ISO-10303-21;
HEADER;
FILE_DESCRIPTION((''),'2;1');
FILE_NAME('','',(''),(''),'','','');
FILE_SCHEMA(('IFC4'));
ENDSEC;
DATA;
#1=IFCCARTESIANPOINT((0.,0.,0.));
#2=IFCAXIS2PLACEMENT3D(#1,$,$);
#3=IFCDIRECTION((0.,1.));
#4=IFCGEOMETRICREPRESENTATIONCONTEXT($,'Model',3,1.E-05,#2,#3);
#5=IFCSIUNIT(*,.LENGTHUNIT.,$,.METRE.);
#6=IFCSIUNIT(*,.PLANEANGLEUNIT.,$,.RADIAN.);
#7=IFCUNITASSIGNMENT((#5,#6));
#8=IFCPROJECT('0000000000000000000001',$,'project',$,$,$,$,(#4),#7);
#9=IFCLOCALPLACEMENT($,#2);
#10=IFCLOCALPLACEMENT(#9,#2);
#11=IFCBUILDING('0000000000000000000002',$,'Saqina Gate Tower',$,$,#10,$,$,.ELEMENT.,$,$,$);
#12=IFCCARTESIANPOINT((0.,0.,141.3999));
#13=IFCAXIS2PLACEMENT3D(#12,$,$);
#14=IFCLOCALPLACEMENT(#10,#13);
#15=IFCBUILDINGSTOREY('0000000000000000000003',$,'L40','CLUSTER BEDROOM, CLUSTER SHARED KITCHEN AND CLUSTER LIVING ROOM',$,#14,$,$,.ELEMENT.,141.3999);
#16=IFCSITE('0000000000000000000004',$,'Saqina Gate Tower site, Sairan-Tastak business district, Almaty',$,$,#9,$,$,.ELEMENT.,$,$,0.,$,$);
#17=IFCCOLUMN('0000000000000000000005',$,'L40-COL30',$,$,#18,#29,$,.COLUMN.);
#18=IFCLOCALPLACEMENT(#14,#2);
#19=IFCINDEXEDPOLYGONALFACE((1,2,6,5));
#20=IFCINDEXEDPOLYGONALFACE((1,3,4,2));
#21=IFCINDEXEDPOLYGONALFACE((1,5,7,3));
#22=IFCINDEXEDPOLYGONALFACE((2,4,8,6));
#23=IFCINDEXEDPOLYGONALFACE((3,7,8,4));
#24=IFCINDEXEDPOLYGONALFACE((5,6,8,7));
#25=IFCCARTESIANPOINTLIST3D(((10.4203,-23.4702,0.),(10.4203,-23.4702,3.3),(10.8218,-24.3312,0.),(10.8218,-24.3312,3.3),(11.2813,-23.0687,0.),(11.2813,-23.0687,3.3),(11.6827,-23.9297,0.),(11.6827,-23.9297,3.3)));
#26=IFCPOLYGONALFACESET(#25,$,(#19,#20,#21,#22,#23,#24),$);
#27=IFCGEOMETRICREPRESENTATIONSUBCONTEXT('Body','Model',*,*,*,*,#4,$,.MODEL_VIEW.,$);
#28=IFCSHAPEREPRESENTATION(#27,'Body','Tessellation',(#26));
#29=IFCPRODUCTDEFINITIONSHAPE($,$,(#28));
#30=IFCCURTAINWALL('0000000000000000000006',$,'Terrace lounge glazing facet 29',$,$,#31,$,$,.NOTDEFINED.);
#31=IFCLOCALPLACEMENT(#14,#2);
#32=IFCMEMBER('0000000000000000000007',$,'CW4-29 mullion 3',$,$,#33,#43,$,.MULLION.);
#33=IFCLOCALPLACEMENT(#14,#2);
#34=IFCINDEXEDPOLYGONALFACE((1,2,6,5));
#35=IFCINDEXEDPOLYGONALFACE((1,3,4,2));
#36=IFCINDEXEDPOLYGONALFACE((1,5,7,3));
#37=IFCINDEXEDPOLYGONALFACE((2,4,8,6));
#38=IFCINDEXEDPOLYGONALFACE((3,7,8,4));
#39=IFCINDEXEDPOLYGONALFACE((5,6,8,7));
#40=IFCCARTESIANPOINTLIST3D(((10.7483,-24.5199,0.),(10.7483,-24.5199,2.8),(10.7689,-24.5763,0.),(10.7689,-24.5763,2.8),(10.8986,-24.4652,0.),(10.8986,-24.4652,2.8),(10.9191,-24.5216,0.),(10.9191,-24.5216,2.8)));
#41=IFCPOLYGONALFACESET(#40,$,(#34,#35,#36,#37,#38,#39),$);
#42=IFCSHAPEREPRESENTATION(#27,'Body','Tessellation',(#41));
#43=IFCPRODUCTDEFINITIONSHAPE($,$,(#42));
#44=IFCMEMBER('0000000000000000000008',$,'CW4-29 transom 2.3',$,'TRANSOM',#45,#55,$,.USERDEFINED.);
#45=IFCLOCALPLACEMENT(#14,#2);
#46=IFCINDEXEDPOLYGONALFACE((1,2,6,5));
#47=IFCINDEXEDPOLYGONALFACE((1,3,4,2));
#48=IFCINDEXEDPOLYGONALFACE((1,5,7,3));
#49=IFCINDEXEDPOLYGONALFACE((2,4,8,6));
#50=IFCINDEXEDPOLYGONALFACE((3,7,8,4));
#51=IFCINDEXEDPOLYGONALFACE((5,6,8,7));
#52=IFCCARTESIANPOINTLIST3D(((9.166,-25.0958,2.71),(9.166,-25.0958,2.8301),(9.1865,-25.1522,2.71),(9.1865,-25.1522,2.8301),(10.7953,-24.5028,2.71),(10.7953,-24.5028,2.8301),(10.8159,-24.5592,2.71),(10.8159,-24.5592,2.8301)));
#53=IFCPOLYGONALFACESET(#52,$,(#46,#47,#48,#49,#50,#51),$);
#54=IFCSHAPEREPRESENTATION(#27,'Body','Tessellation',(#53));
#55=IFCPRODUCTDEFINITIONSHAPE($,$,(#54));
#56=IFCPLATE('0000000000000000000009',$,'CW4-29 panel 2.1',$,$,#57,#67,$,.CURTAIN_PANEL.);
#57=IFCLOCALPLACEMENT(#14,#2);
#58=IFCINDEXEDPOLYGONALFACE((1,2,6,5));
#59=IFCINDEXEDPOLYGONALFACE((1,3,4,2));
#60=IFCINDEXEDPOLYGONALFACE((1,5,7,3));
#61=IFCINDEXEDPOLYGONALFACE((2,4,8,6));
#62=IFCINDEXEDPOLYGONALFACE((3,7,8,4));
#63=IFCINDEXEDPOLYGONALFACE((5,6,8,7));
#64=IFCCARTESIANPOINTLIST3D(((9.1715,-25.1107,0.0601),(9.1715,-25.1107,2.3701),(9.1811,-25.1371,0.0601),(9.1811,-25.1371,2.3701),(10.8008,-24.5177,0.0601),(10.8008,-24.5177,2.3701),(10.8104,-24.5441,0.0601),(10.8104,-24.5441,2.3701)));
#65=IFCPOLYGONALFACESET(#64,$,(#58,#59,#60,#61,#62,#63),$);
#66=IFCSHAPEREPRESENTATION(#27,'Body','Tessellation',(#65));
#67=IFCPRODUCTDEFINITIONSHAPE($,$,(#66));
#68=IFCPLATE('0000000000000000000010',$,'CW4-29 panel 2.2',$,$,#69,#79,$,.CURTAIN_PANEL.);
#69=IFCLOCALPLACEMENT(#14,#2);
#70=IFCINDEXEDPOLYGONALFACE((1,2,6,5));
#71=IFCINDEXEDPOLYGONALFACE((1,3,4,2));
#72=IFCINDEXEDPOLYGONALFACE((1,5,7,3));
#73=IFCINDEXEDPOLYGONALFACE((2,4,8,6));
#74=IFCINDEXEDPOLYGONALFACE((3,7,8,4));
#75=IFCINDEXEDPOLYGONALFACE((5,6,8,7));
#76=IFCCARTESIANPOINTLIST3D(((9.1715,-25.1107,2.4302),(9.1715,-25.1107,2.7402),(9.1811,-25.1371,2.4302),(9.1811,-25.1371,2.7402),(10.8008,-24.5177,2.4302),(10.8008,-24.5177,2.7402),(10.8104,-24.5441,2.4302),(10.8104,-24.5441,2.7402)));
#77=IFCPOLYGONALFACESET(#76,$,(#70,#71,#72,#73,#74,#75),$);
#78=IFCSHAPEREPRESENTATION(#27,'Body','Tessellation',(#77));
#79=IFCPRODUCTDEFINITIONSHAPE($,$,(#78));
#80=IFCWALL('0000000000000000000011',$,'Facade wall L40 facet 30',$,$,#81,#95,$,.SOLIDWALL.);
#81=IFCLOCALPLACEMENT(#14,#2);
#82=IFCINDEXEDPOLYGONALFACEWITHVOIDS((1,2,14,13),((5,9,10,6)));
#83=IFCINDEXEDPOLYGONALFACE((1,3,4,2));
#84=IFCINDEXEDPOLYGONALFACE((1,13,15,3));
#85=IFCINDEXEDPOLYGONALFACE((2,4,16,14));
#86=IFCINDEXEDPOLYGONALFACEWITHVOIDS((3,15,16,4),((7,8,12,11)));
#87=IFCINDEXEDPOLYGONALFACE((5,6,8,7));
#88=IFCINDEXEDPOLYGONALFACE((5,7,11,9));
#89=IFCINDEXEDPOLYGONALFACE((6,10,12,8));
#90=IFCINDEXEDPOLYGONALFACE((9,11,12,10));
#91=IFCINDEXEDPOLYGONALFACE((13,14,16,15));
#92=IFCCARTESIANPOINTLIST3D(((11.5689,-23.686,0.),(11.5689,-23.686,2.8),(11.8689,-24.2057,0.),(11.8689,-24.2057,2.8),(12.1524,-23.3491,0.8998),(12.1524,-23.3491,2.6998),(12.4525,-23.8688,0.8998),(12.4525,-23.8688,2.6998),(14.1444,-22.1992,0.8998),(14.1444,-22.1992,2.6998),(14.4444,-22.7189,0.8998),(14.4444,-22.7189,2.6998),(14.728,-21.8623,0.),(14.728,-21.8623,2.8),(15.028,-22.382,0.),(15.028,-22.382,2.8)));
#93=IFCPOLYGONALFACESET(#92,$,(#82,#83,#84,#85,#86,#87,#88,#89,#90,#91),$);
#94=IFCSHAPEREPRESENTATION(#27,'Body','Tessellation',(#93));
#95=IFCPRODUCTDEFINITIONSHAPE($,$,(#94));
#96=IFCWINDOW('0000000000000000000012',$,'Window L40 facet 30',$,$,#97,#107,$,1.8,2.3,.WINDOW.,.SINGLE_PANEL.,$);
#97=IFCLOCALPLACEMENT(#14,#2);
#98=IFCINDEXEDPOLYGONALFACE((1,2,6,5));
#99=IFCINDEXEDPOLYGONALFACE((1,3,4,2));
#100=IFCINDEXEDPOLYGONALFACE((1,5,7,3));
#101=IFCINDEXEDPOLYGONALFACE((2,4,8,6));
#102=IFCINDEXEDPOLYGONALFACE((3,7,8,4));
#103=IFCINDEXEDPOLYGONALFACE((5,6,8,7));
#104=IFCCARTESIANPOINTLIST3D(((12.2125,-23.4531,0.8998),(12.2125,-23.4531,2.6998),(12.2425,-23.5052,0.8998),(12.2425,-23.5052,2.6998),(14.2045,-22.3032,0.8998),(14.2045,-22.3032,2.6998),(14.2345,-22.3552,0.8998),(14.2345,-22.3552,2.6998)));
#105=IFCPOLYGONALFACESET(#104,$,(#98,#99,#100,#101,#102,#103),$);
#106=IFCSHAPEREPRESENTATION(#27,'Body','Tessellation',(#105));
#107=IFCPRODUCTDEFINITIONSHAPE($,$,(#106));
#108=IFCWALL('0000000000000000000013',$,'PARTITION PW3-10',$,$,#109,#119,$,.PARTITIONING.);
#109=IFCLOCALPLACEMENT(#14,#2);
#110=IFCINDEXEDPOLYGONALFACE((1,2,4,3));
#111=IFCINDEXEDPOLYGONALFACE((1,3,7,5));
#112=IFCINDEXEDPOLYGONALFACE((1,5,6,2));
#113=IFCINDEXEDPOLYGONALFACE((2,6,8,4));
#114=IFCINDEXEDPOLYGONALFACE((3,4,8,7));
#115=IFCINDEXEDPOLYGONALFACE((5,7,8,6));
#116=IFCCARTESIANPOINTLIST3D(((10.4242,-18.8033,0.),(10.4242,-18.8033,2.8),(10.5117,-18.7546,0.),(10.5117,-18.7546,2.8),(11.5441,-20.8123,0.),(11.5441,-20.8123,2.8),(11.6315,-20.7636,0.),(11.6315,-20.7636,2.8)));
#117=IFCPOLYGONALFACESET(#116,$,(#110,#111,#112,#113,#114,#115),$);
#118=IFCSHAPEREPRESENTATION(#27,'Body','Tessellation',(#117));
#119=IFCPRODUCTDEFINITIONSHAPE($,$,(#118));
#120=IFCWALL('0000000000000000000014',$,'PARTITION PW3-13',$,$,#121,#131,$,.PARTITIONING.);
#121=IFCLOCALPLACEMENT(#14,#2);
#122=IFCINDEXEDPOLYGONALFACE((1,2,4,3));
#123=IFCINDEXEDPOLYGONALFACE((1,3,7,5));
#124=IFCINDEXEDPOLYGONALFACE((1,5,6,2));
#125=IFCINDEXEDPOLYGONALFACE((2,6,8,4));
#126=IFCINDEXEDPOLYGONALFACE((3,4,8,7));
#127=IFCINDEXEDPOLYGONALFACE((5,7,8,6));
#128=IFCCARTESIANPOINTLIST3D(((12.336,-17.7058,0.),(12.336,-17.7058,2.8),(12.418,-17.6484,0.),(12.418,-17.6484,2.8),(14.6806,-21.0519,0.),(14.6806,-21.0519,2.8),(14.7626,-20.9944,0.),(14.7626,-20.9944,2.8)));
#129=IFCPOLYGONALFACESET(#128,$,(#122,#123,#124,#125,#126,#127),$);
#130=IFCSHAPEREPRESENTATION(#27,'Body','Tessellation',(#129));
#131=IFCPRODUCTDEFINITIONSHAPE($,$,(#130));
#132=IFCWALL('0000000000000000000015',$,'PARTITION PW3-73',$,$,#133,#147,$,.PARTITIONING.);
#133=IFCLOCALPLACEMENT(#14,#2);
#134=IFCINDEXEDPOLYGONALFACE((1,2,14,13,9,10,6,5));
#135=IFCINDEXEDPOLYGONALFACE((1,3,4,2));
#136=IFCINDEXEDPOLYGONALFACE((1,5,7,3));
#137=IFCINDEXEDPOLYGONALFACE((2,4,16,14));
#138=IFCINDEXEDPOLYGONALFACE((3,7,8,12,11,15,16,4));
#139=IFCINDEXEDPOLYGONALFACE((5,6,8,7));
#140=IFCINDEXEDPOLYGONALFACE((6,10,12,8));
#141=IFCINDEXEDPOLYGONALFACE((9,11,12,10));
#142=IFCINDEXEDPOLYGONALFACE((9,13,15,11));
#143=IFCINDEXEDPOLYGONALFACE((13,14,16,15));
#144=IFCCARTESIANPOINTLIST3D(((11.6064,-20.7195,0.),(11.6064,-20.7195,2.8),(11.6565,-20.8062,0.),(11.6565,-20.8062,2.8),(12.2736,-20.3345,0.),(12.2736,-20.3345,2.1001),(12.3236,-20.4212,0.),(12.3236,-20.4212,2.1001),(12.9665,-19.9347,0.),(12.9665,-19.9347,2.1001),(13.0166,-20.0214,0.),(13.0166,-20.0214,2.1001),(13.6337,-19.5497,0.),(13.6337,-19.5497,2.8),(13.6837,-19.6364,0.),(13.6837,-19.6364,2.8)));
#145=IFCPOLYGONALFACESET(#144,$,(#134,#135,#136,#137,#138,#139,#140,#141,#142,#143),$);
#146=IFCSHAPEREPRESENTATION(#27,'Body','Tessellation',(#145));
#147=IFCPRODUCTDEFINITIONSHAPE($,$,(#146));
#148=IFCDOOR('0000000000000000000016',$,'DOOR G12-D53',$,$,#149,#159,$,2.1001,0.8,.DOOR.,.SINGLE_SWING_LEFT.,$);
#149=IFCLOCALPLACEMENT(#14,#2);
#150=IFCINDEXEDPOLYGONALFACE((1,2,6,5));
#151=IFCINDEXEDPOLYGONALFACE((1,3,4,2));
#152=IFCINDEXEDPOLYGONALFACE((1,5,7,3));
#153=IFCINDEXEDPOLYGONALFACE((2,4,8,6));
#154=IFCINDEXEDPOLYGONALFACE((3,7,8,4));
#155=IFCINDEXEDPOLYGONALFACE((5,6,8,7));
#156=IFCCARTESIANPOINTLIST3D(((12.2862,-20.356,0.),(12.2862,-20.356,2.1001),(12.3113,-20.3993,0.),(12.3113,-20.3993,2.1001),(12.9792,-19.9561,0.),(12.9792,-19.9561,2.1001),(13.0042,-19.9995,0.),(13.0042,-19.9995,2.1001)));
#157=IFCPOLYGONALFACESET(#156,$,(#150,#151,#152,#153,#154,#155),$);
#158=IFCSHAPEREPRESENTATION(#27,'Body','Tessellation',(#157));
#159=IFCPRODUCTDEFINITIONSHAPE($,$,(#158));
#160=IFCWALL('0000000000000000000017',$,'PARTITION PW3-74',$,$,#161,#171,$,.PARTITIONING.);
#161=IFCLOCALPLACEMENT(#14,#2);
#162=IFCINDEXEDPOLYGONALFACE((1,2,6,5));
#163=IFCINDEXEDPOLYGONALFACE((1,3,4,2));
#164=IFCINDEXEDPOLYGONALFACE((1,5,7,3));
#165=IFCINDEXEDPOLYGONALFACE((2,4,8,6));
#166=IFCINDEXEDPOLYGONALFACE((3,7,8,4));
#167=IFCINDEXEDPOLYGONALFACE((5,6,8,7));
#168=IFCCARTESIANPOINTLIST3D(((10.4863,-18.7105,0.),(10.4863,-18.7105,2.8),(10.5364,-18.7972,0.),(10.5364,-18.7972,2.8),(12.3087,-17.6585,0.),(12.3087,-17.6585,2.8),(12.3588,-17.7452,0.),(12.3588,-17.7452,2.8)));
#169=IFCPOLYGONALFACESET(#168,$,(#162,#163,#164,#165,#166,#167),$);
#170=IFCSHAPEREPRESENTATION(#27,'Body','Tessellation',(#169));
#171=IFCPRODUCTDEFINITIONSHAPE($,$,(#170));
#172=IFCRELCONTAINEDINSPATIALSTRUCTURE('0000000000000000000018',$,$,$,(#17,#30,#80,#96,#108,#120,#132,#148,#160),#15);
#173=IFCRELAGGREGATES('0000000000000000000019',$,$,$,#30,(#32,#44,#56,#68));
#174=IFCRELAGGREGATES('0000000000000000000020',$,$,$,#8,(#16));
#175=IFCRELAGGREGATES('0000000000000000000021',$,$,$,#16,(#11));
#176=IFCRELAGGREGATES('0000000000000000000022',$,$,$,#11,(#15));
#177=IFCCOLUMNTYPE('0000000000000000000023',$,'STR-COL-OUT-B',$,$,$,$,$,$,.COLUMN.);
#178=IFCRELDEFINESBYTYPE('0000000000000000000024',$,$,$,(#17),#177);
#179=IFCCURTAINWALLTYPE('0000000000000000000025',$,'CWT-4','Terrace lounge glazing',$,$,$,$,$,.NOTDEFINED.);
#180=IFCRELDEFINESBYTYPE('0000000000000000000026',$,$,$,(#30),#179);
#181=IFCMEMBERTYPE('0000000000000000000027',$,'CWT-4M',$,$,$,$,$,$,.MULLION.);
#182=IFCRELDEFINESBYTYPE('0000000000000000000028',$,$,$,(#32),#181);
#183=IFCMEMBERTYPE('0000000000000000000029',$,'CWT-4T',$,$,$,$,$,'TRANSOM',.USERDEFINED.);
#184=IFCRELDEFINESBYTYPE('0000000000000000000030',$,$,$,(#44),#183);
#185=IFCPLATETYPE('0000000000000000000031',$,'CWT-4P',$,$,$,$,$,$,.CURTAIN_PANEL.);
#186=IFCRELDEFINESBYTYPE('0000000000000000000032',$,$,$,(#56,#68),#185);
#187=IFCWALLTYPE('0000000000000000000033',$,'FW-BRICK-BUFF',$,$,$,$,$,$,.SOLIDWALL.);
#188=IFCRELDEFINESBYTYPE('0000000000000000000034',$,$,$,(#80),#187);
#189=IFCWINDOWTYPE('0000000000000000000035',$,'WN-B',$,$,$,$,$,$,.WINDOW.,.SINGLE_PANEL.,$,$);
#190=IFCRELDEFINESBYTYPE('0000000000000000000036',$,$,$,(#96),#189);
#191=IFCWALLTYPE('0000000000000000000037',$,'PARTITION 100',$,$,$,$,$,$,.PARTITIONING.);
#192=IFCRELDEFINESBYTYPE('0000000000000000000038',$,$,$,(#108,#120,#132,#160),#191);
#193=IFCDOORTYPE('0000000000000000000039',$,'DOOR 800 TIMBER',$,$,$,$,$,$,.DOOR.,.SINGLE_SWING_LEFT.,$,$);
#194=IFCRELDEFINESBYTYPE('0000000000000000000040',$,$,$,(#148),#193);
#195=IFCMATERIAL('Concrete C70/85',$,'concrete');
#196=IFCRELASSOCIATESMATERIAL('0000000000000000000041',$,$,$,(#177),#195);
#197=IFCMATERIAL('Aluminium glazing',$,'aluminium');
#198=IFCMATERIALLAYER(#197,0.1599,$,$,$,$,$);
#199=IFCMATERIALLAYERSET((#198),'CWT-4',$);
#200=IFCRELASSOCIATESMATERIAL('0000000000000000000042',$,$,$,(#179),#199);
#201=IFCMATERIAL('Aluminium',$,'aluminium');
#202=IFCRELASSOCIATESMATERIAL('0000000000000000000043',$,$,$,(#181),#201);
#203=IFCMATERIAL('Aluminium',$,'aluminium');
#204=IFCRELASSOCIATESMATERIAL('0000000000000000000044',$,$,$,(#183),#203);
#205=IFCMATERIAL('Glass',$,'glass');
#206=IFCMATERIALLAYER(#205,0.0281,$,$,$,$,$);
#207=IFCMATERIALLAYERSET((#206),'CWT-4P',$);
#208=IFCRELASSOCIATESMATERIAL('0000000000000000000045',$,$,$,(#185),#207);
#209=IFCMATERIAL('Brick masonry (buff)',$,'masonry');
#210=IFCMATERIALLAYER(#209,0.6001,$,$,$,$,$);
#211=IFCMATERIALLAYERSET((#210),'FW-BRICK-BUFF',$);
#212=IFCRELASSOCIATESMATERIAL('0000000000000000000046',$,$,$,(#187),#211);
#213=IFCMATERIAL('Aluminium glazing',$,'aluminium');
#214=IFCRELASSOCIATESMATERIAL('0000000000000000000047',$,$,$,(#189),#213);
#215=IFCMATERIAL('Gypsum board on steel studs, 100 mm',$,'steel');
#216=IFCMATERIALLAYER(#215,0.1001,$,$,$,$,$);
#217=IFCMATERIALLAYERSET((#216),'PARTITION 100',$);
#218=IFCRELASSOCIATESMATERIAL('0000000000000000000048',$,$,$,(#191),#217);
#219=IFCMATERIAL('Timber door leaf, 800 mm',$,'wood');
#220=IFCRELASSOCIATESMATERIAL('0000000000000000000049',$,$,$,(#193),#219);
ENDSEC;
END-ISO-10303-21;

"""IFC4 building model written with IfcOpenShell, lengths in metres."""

from ifc_helpers import new_model, si_unit, direction, frame, frame_2d, origin, origin_2d, place, context, subcontext, project, spatial, rectangle, extrude, material, layer, layer_set, material_profile, profile_set, type_object, element, fill, aggregate, save


model = new_model("IFC4")

# Units and contexts
model_context = context("Model", 3, precision=1e-05, world=origin(), true_north=direction((0.0, 1.0)))
body_context = subcontext(model_context, "Body", "Model", "MODEL_VIEW")
ifc_project = project(units=[si_unit("LENGTHUNIT", "METRE"), si_unit("PLANEANGLEUNIT", "RADIAN")], contexts=[model_context])

# Site, building, storey
site_placement = place(None, origin())
site = spatial("IfcSite", under=ifc_project, at=site_placement, Name="Saqina Gate Tower site, Sairan-Tastak business district, Almaty", CompositionType="ELEMENT", RefElevation=0.0)
building_placement = place(site_placement, origin())
building = spatial("IfcBuilding", under=site, at=building_placement, Name="Saqina Gate Tower", CompositionType="ELEMENT")
storey_placement = place(building_placement, frame((0.0, 0.0, 141.3999)))
storey = spatial("IfcBuildingStorey", under=building, at=storey_placement, Name="L40", Description="CLUSTER BEDROOM, CLUSTER SHARED KITCHEN AND CLUSTER LIVING ROOM", CompositionType="ELEMENT", Elevation=141.3999)

# Column
ifc_material_1 = material(Name="Concrete C70/85", Category="concrete")
ifc_material_profile_1 = material_profile(ifc_material_1, rectangle(XDim=0.95, YDim=0.95, at=origin_2d()), Name="RC 950x950")
ifc_profile_set_1 = profile_set([ifc_material_profile_1], Name="Concrete C70/85")
column_type = type_object("IfcColumnType", Name="STR-COL-OUT-B", PredefinedType="COLUMN", material=ifc_profile_set_1)
column_placement = place(storey_placement, frame((11.0515, -23.7, 0.0), z_axis=(0.0, 0.0, 1.0), x_axis=(0.422618, -0.906308, 0.0)))
element("IfcColumn", 1, at=column_placement, inside=storey, type_object=column_type, Name="L40-COL30", PredefinedType="COLUMN", context=body_context, shape_type="SweptSolid", body=[
    extrude(rectangle(XDim=0.95, YDim=0.95, at=origin_2d()), origin(), (0.0, 0.0, 1.0), 3.3),
])

# Curtain wall, members, plates
ifc_material_2 = material(Name="Aluminium glazing", Category="aluminium")
ifc_layer_1 = layer(ifc_material_2, 0.1599)
ifc_layer_set_1 = layer_set([ifc_layer_1], Name="CWT-4")
curtain_wall_type = type_object("IfcCurtainWallType", Name="CWT-4", Description="Terrace lounge glazing", PredefinedType="NOTDEFINED", material=ifc_layer_set_1)
curtain_wall_placement = place(storey_placement, origin())
curtain_wall = element("IfcCurtainWall", 2, at=curtain_wall_placement, inside=storey, type_object=curtain_wall_type, Name="Terrace lounge glazing facet 29", PredefinedType="NOTDEFINED")
ifc_material_3 = material(Name="Aluminium", Category="aluminium")
ifc_material_profile_2 = material_profile(ifc_material_3, rectangle(XDim=0.0601, YDim=0.1599, at=origin_2d()), Name="Aluminium 60x160")
ifc_profile_set_2 = profile_set([ifc_material_profile_2], Name="Aluminium")
member_type_1 = type_object("IfcMemberType", Name="CWT-4M", PredefinedType="MULLION", material=ifc_profile_set_2)
member_1_placement = place(storey_placement, frame((10.8337, -24.5208, 0.0), z_axis=(0.0, 0.0, 1.0), x_axis=(-0.342016, 0.939694, 0.0)))
member_1 = element("IfcMember", 3, at=member_1_placement, type_object=member_type_1, Name="CW4-29 mullion 3", PredefinedType="MULLION", context=body_context, shape_type="SweptSolid", body=[
    extrude(rectangle(XDim=0.0601, YDim=0.1599, at=origin_2d()), origin(), (0.0, 0.0, 1.0), 2.8),
])
ifc_material_4 = material(Name="Aluminium", Category="aluminium")
ifc_material_profile_3 = material_profile(ifc_material_4, rectangle(XDim=0.0601, YDim=0.1201, at=origin_2d()), Name="Aluminium 60x120")
ifc_profile_set_3 = profile_set([ifc_material_profile_3], Name="Aluminium")
member_type_2 = type_object("IfcMemberType", Name="CWT-4T", ElementType="TRANSOM", PredefinedType="USERDEFINED", material=ifc_profile_set_3)
member_2_placement = place(storey_placement, frame((9.1763, -25.124, 2.77), z_axis=(0.939699, 0.342003, 0.0), x_axis=(-0.342003, 0.939699, 0.0)))
member_2 = element("IfcMember", 4, at=member_2_placement, type_object=member_type_2, Name="CW4-29 transom 2.3", ObjectType="TRANSOM", PredefinedType="USERDEFINED", context=body_context, shape_type="SweptSolid", body=[
    extrude(rectangle(XDim=0.0601, YDim=0.1201, at=origin_2d()), origin(), (0.0, 0.0, 1.0), 1.7339),
])
ifc_material_5 = material(Name="Glass", Category="glass")
ifc_layer_2 = layer(ifc_material_5, 0.0281)
ifc_layer_set_2 = layer_set([ifc_layer_2], Name="CWT-4P")
plate_type = type_object("IfcPlateType", Name="CWT-4P", PredefinedType="CURTAIN_PANEL", material=ifc_layer_set_2)
plate_1_placement = place(storey_placement, frame((9.991, -24.8274, 0.0601), z_axis=(0.0, 0.0, 1.0), x_axis=(0.939694, 0.342016, 0.0)))
plate_1 = element("IfcPlate", 5, at=plate_1_placement, type_object=plate_type, Name="CW4-29 panel 2.1", PredefinedType="CURTAIN_PANEL", context=body_context, shape_type="SweptSolid", body=[
    extrude(rectangle(XDim=1.7339, YDim=0.0281, at=origin_2d()), origin(), (0.0, 0.0, 1.0), 2.3101),
])
plate_2_placement = place(storey_placement, frame((9.991, -24.8274, 2.4302), z_axis=(0.0, 0.0, 1.0), x_axis=(0.939694, 0.342016, 0.0)))
plate_2 = element("IfcPlate", 6, at=plate_2_placement, type_object=plate_type, Name="CW4-29 panel 2.2", PredefinedType="CURTAIN_PANEL", context=body_context, shape_type="SweptSolid", body=[
    extrude(rectangle(XDim=1.7339, YDim=0.0281, at=origin_2d()), origin(), (0.0, 0.0, 1.0), 0.3101),
])
aggregate(curtain_wall, [member_1, member_2, plate_1, plate_2])

# Wall, opening, window
ifc_material_6 = material(Name="Brick masonry (buff)", Category="masonry")
ifc_layer_3 = layer(ifc_material_6, 0.6001)
ifc_layer_set_3 = layer_set([ifc_layer_3], Name="FW-BRICK-BUFF")
wall_type_1 = type_object("IfcWallType", Name="FW-BRICK-BUFF", PredefinedType="SOLIDWALL", material=ifc_layer_set_3)
wall_1_placement = place(storey_placement, frame((11.719, -23.9458, 0.0), z_axis=(0.0, 0.0, 1.0), x_axis=(0.866052, 0.499954, 0.0)))
wall_1 = element("IfcWall", 7, at=wall_1_placement, inside=storey, type_object=wall_type_1, Name="Facade wall L40 facet 30", PredefinedType="SOLIDWALL", context=body_context, shape_type="SweptSolid", body=[
    extrude(rectangle(XDim=3.6477, YDim=0.6001, at=frame_2d((1.8237, 0.0))), origin(), (0.0, 0.0, 1.0), 2.8),
])
opening_1_placement = place(wall_1_placement, frame((0.6738, 0.0, 0.8999)))
opening_1 = element("IfcOpeningElement", 8, at=opening_1_placement, cuts=wall_1, PredefinedType="OPENING", context=body_context, shape_type="SweptSolid", body=[
    extrude(rectangle(XDim=2.3, YDim=1.8, at=frame_2d((1.1499, 0.8999))), frame((0.0, 0.312, 0.0), z_axis=(0.0, -1.0, 0.0), x_axis=(1.0, 0.0, 0.0)), (0.0, 0.0, 1.0), 0.624),
])
ifc_material_7 = material(Name="Aluminium glazing", Category="aluminium")
window_type = type_object("IfcWindowType", Name="WN-B", PartitioningType="SINGLE_PANEL", PredefinedType="WINDOW", material=ifc_material_7)
window_placement = place(opening_1_placement, origin())
window = element("IfcWindow", 9, at=window_placement, inside=storey, type_object=window_type, Name="Window L40 facet 30", OverallHeight=1.8, OverallWidth=2.3, PartitioningType="SINGLE_PANEL", PredefinedType="WINDOW", context=body_context, shape_type="SweptSolid", body=[
    extrude(rectangle(XDim=2.3, YDim=1.8, at=frame_2d((1.1499, 0.8999))), frame((0.0, 0.1799, 0.0), z_axis=(0.0, -1.0, 0.0), x_axis=(1.0, 0.0, 0.0)), (0.0, 0.0, 1.0), 0.0601),
])
fill(opening_1, window)

# Walls
ifc_material_8 = material(Name="Gypsum board on steel studs, 100 mm", Category="steel")
ifc_layer_4 = layer(ifc_material_8, 0.1001)
ifc_layer_set_4 = layer_set([ifc_layer_4], Name="PARTITION 100")
wall_type_2 = type_object("IfcWallType", Name="PARTITION 100", PredefinedType="PARTITIONING", material=ifc_layer_set_4)
wall_2_placement = place(storey_placement, frame((10.468, -18.7791, 0.0), z_axis=(0.0, 0.0, 1.0), x_axis=(0.486886, -0.873465, 0.0)))
element("IfcWall", 10, at=wall_2_placement, inside=storey, type_object=wall_type_2, Name="PARTITION PW3-10", PredefinedType="PARTITIONING", context=body_context, shape_type="SweptSolid", body=[
    extrude(rectangle(XDim=2.3, YDim=0.1001, at=frame_2d((1.1499, 0.0))), origin(), (0.0, 0.0, 1.0), 2.8),
])
wall_3_placement = place(storey_placement, frame((12.377, -17.677, 0.0), z_axis=(0.0, 0.0, 1.0), x_axis=(0.573843, -0.818965, 0.0)))
element("IfcWall", 11, at=wall_3_placement, inside=storey, type_object=wall_type_2, Name="PARTITION PW3-13", PredefinedType="PARTITIONING", context=body_context, shape_type="SweptSolid", body=[
    extrude(rectangle(XDim=4.0857, YDim=0.1001, at=frame_2d((2.043, 0.0))), origin(), (0.0, 0.0, 1.0), 2.8),
])

# Wall, opening, door
wall_4_placement = place(storey_placement, frame((11.6313, -20.7629, 0.0), z_axis=(0.0, 0.0, 1.0), x_axis=(0.86613, 0.499819, 0.0)))
wall_4 = element("IfcWall", 12, at=wall_4_placement, inside=storey, type_object=wall_type_2, Name="PARTITION PW3-73", PredefinedType="PARTITIONING", context=body_context, shape_type="SweptSolid", body=[
    extrude(rectangle(XDim=2.3406, YDim=0.1001, at=frame_2d((1.1704, 0.0))), origin(), (0.0, 0.0, 1.0), 2.8),
])
opening_2_placement = place(wall_4_placement, frame((0.7705, 0.0, 0.0)))
opening_2 = element("IfcOpeningElement", 13, at=opening_2_placement, cuts=wall_4, PredefinedType="OPENING", context=body_context, shape_type="SweptSolid", body=[
    extrude(rectangle(XDim=0.8, YDim=2.1001, at=frame_2d((0.3999, 1.05))), frame((0.0, 0.062, 0.0), z_axis=(0.0, -1.0, 0.0), x_axis=(1.0, 0.0, 0.0)), (0.0, 0.0, 1.0), 0.124),
])
ifc_material_9 = material(Name="Timber door leaf, 800 mm", Category="wood")
door_type = type_object("IfcDoorType", Name="DOOR 800 TIMBER", OperationType="SINGLE_SWING_LEFT", PredefinedType="DOOR", material=ifc_material_9)
door_1_placement = place(opening_2_placement, frame((0.8, 0.0, 0.0), z_axis=(0.0, 0.0, 1.0), x_axis=(-1.0, 0.0, 0.0)))
door_1 = element("IfcDoor", 14, at=door_1_placement, inside=storey, type_object=door_type, Name="DOOR G12-D53", OperationType="SINGLE_SWING_LEFT", OverallHeight=2.1001, OverallWidth=0.8, PredefinedType="DOOR", context=body_context, shape_type="SweptSolid", body=[
    extrude(rectangle(XDim=0.8, YDim=2.1001, at=frame_2d((0.3999, 1.05))), frame((0.0, 0.0249, 0.0), z_axis=(0.0, -1.0, 0.0), x_axis=(1.0, 0.0, 0.0)), (0.0, 0.0, 1.0), 0.05),
])
fill(opening_2, door_1)

# Wall
wall_5_placement = place(storey_placement, frame((10.5112, -18.7539, 0.0), z_axis=(0.0, 0.0, 1.0), x_axis=(0.866072, 0.49992, 0.0)))
element("IfcWall", 15, at=wall_5_placement, inside=storey, type_object=wall_type_2, Name="PARTITION PW3-74", PredefinedType="PARTITIONING", context=body_context, shape_type="SweptSolid", body=[
    extrude(rectangle(XDim=2.1042, YDim=0.1001, at=frame_2d((1.0522, 0.0))), origin(), (0.0, 0.0, 1.0), 2.8),
])

save(model, "model.ifc")
